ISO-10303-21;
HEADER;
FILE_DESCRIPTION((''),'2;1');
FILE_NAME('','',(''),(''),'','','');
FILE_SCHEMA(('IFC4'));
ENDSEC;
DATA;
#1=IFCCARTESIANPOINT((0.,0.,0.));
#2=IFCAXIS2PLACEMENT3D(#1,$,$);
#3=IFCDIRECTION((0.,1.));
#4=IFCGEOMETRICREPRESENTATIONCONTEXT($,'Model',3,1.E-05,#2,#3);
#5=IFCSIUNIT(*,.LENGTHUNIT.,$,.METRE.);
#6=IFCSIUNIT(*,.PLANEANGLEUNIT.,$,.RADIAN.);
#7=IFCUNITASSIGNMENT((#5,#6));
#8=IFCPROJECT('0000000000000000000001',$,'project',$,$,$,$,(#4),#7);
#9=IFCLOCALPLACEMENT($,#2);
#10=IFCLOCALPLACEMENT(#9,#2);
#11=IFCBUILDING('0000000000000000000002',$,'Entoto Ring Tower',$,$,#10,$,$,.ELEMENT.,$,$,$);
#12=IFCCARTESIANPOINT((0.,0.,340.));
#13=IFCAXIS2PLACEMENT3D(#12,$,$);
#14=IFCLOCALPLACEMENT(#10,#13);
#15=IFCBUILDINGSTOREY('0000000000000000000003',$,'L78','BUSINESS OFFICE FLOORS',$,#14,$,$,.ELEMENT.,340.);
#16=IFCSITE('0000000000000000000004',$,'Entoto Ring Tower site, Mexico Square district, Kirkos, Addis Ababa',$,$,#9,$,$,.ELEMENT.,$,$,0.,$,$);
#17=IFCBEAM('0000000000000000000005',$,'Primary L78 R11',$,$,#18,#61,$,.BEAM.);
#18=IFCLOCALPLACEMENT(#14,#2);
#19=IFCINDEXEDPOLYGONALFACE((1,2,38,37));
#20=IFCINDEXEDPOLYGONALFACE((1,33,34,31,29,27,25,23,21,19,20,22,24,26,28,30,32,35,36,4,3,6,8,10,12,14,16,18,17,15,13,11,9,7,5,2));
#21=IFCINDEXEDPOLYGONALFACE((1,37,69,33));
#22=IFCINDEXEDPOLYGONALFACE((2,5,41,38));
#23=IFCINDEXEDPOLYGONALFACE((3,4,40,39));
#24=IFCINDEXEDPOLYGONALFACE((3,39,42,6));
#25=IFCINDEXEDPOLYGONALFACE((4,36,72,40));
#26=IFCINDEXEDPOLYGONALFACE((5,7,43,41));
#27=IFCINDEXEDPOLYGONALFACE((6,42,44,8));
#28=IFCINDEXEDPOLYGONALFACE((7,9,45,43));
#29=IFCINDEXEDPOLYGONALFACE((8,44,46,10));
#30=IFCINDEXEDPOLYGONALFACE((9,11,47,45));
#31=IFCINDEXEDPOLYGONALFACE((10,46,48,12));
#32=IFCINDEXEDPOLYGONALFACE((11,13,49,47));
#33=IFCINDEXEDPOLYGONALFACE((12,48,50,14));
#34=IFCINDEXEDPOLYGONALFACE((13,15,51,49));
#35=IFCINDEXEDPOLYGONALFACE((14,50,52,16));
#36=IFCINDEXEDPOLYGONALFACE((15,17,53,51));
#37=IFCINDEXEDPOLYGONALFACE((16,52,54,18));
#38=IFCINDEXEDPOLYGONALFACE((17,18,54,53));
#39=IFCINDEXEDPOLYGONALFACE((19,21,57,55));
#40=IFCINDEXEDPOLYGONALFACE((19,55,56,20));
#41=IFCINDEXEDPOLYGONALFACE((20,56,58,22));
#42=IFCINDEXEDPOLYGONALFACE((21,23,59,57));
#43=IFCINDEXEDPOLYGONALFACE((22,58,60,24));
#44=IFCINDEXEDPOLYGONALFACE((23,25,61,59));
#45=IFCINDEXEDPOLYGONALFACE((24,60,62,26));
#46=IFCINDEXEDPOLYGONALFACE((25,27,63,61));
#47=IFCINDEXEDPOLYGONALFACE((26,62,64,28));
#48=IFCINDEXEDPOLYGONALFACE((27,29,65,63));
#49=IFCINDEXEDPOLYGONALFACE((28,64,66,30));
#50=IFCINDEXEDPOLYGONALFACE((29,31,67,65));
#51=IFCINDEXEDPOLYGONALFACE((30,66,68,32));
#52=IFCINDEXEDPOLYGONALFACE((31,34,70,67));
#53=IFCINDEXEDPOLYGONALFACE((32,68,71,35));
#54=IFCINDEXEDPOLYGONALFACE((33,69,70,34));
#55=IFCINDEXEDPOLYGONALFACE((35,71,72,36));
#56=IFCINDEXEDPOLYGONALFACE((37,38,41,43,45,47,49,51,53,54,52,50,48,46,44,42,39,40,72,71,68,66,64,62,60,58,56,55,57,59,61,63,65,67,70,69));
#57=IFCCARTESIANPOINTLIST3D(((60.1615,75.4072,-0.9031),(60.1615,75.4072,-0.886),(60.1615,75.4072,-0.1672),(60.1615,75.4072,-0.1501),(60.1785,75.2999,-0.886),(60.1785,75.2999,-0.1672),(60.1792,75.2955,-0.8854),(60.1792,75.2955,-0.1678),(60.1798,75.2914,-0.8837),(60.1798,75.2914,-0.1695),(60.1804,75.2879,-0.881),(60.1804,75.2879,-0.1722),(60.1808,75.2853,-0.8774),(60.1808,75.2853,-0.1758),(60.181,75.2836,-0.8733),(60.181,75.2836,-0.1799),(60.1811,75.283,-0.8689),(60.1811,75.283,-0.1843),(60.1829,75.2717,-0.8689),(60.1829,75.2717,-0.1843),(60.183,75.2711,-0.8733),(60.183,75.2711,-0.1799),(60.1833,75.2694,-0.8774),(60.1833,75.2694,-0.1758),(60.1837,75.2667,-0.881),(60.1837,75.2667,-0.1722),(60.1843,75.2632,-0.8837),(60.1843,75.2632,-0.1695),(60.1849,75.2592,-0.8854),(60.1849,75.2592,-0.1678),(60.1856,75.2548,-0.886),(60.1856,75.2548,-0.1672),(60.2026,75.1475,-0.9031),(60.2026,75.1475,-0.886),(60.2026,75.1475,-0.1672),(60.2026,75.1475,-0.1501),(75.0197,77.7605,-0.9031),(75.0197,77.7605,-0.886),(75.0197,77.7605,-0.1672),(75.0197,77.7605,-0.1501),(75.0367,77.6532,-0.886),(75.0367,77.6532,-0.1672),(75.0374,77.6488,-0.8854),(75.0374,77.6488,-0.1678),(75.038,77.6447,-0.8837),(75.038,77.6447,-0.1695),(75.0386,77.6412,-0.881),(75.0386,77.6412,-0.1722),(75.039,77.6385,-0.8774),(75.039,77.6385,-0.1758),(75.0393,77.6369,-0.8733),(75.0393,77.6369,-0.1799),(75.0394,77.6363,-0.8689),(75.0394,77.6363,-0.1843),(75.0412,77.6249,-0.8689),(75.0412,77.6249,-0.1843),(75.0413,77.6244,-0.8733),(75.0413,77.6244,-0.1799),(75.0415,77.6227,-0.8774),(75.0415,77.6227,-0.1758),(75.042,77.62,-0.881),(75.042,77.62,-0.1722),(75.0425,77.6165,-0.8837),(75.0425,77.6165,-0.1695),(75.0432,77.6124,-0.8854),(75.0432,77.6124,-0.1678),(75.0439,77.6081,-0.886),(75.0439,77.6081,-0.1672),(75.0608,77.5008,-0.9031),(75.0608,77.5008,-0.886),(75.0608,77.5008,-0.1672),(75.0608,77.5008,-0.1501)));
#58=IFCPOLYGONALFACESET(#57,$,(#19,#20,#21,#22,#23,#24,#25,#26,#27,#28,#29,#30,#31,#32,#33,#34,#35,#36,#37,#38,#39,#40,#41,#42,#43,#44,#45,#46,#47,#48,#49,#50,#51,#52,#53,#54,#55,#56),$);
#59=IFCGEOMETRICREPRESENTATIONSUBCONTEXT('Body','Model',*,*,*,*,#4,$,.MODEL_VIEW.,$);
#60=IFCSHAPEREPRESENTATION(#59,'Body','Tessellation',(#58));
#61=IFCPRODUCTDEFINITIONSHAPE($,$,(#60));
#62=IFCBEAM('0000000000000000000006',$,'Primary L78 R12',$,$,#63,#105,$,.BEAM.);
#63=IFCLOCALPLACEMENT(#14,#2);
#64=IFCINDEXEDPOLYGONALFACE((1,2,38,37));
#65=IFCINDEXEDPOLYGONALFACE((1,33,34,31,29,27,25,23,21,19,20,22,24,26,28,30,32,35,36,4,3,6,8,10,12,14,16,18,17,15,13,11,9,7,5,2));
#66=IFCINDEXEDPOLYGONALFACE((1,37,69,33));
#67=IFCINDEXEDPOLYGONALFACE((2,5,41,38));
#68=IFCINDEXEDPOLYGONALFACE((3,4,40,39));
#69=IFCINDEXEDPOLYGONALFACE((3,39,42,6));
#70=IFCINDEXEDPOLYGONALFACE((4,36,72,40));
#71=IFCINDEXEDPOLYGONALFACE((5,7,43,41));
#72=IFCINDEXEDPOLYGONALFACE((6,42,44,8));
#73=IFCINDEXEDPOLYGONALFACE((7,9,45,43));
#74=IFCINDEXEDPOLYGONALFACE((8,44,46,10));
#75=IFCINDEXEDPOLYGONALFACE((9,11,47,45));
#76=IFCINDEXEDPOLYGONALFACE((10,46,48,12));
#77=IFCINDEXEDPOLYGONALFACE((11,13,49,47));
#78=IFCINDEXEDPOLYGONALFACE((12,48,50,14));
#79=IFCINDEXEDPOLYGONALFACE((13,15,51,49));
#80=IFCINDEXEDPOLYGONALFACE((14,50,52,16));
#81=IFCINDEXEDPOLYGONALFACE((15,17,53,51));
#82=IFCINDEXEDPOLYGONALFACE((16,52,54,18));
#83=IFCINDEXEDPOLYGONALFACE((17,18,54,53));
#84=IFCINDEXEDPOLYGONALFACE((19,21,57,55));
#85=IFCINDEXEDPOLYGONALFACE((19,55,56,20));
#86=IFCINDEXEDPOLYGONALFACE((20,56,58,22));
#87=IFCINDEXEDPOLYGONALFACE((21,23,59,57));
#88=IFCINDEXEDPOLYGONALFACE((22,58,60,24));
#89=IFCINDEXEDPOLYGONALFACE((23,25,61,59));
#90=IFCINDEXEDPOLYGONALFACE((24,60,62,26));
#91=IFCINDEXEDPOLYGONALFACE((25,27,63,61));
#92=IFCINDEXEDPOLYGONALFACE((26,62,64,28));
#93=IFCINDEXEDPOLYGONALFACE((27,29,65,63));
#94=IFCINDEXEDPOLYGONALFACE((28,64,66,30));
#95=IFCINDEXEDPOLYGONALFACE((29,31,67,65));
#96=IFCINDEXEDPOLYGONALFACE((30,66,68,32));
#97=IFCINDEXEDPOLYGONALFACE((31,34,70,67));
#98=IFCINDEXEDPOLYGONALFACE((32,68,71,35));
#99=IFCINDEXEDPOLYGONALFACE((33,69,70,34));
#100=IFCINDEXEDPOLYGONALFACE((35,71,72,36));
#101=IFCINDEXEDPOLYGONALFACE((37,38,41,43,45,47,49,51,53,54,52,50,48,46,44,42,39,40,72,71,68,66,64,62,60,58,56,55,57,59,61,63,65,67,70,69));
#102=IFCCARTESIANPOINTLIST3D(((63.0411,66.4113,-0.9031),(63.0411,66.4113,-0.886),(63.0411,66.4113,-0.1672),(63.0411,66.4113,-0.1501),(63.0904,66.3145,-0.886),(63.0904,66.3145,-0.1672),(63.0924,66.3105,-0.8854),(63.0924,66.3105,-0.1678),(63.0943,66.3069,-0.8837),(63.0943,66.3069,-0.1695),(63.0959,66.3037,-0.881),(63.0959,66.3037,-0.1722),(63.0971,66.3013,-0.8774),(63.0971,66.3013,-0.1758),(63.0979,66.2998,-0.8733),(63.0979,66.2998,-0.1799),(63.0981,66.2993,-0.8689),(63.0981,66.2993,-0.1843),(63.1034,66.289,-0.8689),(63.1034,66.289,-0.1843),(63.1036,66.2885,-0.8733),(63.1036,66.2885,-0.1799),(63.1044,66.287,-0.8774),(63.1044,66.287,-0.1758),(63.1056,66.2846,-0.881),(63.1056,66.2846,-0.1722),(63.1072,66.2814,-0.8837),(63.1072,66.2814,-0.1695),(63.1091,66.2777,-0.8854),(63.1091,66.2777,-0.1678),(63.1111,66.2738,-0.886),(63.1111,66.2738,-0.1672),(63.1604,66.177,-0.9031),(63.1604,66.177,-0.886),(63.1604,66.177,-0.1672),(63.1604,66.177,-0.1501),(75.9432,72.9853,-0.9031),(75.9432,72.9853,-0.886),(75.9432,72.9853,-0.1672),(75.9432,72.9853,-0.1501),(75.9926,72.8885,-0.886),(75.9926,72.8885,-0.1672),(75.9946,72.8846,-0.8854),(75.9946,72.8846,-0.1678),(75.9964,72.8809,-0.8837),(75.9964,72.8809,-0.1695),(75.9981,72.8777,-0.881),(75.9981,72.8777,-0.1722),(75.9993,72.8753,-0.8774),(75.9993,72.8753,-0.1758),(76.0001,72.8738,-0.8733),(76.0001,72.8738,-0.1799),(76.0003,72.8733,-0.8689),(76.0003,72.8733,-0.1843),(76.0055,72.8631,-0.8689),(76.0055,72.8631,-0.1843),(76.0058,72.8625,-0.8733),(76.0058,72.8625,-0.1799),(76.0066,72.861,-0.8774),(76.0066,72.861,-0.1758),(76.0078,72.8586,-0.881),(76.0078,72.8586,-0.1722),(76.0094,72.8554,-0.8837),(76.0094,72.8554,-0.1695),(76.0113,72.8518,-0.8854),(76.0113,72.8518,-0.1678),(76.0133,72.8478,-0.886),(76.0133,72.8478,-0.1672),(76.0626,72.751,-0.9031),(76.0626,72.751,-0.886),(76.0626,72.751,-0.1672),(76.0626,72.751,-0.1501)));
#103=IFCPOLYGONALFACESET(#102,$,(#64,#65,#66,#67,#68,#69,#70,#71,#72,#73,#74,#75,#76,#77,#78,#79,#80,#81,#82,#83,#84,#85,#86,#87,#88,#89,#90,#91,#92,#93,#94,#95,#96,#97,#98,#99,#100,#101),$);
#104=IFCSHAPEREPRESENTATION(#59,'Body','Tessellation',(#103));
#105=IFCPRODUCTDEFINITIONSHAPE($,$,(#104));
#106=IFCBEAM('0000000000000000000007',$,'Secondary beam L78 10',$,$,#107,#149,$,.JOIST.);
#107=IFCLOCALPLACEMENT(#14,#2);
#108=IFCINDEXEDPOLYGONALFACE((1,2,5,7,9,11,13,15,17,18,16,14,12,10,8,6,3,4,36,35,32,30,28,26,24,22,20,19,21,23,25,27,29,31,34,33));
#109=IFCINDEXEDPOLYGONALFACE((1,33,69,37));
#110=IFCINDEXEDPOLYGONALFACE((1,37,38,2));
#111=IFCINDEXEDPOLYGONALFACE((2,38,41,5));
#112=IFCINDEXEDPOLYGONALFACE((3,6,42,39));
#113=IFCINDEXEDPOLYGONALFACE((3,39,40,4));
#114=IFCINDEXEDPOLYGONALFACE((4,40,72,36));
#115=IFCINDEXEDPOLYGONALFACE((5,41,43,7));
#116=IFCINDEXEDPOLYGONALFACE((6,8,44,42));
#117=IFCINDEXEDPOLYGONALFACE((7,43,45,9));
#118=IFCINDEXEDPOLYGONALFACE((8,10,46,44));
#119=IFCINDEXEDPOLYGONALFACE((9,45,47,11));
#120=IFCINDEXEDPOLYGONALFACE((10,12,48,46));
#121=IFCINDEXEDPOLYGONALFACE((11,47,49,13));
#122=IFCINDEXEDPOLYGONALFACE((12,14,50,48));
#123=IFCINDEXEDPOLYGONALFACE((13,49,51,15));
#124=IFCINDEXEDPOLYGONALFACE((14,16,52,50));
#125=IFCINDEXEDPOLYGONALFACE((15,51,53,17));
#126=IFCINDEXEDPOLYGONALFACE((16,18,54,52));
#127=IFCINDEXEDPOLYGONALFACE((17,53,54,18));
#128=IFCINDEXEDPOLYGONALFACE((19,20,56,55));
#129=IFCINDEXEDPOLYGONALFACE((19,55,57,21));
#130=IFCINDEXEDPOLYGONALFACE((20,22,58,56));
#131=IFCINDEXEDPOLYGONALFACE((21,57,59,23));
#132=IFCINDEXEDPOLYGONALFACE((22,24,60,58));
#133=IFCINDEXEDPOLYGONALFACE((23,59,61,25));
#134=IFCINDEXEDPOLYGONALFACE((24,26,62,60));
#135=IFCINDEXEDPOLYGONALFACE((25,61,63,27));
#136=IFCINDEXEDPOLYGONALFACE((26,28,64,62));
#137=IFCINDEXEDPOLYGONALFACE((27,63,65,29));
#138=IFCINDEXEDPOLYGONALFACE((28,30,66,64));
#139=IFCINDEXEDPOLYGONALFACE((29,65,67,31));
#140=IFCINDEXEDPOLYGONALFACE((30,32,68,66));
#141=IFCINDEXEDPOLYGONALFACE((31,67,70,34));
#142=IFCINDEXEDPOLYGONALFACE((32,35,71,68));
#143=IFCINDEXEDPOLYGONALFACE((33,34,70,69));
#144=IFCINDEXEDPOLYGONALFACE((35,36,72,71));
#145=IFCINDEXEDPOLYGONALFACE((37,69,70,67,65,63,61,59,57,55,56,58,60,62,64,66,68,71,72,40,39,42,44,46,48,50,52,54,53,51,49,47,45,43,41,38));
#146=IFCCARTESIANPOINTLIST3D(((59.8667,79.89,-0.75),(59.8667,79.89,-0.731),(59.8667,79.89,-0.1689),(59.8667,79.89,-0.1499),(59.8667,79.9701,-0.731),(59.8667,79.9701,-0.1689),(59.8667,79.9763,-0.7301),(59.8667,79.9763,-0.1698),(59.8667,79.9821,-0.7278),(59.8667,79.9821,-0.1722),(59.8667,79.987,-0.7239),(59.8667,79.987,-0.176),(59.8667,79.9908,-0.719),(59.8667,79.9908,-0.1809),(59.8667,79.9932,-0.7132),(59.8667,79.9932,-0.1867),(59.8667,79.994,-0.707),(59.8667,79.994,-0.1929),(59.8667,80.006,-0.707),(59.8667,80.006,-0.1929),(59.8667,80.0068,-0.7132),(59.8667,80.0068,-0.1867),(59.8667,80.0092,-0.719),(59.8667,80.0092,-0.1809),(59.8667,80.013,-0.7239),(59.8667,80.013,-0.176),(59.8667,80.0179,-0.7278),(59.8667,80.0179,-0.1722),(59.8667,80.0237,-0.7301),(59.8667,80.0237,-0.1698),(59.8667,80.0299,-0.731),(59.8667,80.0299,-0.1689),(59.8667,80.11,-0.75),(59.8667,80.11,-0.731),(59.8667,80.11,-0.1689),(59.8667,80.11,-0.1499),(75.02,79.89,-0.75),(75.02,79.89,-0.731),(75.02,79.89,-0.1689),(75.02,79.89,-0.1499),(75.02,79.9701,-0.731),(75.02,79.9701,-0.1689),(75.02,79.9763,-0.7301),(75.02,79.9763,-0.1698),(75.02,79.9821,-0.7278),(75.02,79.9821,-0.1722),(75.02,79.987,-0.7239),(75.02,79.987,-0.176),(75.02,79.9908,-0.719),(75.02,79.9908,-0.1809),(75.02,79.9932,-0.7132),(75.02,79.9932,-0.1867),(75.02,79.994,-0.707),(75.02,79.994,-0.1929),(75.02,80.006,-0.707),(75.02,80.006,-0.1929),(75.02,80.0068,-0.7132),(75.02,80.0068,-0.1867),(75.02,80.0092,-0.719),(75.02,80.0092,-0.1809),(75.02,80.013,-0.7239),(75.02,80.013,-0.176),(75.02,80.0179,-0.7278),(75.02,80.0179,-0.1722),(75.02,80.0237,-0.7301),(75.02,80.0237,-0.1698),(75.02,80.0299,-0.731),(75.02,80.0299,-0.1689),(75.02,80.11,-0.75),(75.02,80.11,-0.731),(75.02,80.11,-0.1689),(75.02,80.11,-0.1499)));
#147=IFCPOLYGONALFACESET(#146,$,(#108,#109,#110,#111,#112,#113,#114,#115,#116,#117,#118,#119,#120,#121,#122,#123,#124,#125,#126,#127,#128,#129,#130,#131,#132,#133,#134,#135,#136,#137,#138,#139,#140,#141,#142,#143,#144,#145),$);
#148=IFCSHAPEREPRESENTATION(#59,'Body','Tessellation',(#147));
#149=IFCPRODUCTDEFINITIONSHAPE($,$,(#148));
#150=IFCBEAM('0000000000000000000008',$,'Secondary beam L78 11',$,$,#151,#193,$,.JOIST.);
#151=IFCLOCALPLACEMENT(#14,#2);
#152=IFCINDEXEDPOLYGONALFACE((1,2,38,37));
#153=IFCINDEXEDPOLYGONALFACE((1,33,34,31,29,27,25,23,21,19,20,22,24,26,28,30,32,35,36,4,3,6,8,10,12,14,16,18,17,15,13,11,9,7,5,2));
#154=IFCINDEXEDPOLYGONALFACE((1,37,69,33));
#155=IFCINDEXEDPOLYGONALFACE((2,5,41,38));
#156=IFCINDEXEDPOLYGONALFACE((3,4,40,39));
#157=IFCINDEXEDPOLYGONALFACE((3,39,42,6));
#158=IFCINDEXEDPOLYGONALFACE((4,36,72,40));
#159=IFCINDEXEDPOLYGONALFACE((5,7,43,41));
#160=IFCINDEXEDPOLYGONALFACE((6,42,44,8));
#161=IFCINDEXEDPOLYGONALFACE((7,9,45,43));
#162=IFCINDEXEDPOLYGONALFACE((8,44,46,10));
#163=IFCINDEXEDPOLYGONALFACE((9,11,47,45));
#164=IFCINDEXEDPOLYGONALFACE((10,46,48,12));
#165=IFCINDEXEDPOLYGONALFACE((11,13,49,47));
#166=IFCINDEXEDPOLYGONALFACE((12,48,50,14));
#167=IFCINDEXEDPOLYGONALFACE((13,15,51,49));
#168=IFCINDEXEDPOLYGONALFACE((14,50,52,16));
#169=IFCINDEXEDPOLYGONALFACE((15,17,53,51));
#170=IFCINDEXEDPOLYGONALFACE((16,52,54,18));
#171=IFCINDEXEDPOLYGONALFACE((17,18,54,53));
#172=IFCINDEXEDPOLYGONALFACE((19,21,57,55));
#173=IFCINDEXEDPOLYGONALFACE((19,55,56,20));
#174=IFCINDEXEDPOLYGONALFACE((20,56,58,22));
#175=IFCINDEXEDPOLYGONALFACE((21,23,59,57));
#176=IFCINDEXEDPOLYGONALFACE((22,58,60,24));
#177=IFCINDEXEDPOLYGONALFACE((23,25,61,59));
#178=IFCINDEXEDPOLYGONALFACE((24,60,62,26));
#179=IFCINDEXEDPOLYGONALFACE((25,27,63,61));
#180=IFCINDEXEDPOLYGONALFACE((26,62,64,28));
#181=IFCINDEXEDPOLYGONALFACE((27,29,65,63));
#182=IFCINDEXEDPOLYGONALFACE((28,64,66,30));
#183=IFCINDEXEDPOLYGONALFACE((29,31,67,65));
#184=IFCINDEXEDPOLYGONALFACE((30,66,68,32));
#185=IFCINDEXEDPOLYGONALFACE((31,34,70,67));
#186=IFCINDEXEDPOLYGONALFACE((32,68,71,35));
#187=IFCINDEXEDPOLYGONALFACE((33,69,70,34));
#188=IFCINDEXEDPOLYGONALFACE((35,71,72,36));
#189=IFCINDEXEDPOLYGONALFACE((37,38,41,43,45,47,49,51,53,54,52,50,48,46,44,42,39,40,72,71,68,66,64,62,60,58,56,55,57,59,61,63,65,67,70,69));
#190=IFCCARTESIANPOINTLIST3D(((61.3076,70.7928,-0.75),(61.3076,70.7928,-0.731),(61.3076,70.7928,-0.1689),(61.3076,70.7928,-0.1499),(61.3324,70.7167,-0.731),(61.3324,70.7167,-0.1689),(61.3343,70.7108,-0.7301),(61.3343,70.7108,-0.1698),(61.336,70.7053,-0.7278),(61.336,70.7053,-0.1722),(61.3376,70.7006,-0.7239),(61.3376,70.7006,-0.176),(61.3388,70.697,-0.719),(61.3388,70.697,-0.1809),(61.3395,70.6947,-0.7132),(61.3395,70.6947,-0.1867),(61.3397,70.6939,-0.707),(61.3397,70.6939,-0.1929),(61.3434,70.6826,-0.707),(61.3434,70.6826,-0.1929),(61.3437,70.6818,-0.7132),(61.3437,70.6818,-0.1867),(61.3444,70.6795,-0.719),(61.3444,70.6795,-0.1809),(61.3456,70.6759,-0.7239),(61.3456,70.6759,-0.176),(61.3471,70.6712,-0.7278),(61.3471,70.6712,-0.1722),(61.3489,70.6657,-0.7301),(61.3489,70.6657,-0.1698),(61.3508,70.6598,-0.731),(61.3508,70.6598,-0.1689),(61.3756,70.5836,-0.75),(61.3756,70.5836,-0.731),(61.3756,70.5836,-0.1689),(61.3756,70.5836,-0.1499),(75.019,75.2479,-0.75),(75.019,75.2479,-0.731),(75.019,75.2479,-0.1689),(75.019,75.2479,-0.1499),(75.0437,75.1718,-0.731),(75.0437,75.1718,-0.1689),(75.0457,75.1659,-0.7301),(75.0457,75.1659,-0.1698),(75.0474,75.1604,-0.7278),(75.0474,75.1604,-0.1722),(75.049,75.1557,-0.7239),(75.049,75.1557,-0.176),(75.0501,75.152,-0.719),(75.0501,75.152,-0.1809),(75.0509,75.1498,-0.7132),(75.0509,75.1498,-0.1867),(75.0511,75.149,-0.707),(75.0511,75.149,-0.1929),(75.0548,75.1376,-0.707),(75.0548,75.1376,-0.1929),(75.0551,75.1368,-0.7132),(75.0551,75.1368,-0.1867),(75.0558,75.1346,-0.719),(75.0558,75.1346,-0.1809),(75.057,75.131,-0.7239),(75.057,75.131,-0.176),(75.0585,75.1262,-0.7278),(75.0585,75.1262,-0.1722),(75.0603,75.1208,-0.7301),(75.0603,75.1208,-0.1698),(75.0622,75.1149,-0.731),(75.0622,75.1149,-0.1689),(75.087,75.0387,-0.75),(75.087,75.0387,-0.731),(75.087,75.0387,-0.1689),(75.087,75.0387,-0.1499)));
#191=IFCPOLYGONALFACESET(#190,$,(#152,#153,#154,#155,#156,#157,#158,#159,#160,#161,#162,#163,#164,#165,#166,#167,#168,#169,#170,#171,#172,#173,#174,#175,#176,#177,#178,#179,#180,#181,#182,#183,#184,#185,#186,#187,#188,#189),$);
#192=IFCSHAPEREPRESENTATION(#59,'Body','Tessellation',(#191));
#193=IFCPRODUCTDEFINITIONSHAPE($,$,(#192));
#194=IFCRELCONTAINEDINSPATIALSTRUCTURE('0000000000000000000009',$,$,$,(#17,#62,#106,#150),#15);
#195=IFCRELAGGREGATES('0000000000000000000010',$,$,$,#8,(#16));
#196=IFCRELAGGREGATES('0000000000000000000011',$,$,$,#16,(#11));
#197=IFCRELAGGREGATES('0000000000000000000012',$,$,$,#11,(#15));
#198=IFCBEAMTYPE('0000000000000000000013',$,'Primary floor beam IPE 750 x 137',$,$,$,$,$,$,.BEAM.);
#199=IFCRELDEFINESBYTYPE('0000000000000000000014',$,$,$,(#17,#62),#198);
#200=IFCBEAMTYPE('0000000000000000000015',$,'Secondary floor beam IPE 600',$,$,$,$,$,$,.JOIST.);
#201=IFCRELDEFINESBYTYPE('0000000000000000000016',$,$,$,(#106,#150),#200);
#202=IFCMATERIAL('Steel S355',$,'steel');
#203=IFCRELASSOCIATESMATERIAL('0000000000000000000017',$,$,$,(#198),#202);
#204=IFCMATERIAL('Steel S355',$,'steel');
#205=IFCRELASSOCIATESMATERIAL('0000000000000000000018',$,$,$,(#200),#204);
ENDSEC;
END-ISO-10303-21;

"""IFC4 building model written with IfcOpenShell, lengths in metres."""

from ifc_helpers import new_model, si_unit, direction, frame, origin, origin_2d, place, context, subcontext, project, spatial, i_section, extrude, material, material_profile, profile_set, type_object, element, save


model = new_model("IFC4")

# Units and contexts
model_context = context("Model", 3, precision=1e-05, world=origin(), true_north=direction((0.0, 1.0)))
body_context = subcontext(model_context, "Body", "Model", "MODEL_VIEW")
ifc_project = project(units=[si_unit("LENGTHUNIT", "METRE"), si_unit("PLANEANGLEUNIT", "RADIAN")], contexts=[model_context])

# Site, building, storey
site_placement = place(None, origin())
site = spatial("IfcSite", under=ifc_project, at=site_placement, Name="Entoto Ring Tower site, Mexico Square district, Kirkos, Addis Ababa", CompositionType="ELEMENT", RefElevation=0.0)
building_placement = place(site_placement, origin())
building = spatial("IfcBuilding", under=site, at=building_placement, Name="Entoto Ring Tower", CompositionType="ELEMENT")
storey_placement = place(building_placement, frame((0.0, 0.0, 340.0)))
storey = spatial("IfcBuildingStorey", under=building, at=storey_placement, Name="L78", Description="BUSINESS OFFICE FLOORS", CompositionType="ELEMENT", Elevation=340.0)

# Beams
ifc_material_1 = material(Name="Steel S355", Category="steel")
ifc_material_profile_1 = material_profile(ifc_material_1, i_section(OverallWidth=0.2629, OverallDepth=0.7529, WebThickness=0.0115, FlangeThickness=0.0171, FilletRadius=0.0171, at=origin_2d()), Name="IPE 750 x 137")
ifc_profile_set_1 = profile_set([ifc_material_profile_1], Name="Steel S355")
beam_type_1 = type_object("IfcBeamType", Name="Primary floor beam IPE 750 x 137", PredefinedType="BEAM", material=ifc_profile_set_1)
for number, where, z_axis, x_axis, name in (
    (1, (75.0403, 77.6306, -0.5266), (-0.987689, -0.156433, 0.0), (0.156433, -0.987689, 0.0), "Primary L78 R11"),
):
    element("IfcBeam", number, at=place(storey_placement, frame(where, z_axis=z_axis, x_axis=x_axis)), inside=storey, type_object=beam_type_1, Name=name, PredefinedType="BEAM", context=body_context, shape_type="SweptSolid", body=[
        extrude(i_section(OverallWidth=0.2629, OverallDepth=0.7529, WebThickness=0.0115, FlangeThickness=0.0171, FilletRadius=0.0171, at=origin_2d()), origin(), (0.0, 0.0, 1.0), 15.0435),
    ])
beam_1_placement = place(storey_placement, frame((76.0029, 72.8682, -0.5266), z_axis=(-0.891006, -0.453992, 0.0), x_axis=(0.453992, -0.891006, 0.0)))
element("IfcBeam", 2, at=beam_1_placement, inside=storey, type_object=beam_type_1, Name="Primary L78 R12", PredefinedType="BEAM", context=body_context, shape_type="SweptSolid", body=[
    extrude(i_section(OverallWidth=0.2629, OverallDepth=0.7529, WebThickness=0.0115, FlangeThickness=0.0171, FilletRadius=0.0171, at=origin_2d()), origin(), (0.0, 0.0, 1.0), 14.4805),
])
ifc_material_2 = material(Name="Steel S355", Category="steel")
ifc_material_profile_2 = material_profile(ifc_material_2, i_section(OverallWidth=0.22, OverallDepth=0.6001, WebThickness=0.012, FlangeThickness=0.019, FilletRadius=0.0239, at=origin_2d()), Name="IPE 600")
ifc_profile_set_2 = profile_set([ifc_material_profile_2], Name="Steel S355")
beam_type_2 = type_object("IfcBeamType", Name="Secondary floor beam IPE 600", PredefinedType="JOIST", material=ifc_profile_set_2)
beam_2_placement = place(storey_placement, frame((75.02, 80.0, -0.45), z_axis=(-1.0, 0.0, 0.0), x_axis=(0.0, -1.0, 0.0)))
element("IfcBeam", 3, at=beam_2_placement, inside=storey, type_object=beam_type_2, Name="Secondary beam L78 10", PredefinedType="JOIST", context=body_context, shape_type="SweptSolid", body=[
    extrude(i_section(OverallWidth=0.22, OverallDepth=0.6001, WebThickness=0.012, FlangeThickness=0.019, FilletRadius=0.0239, at=origin_2d()), origin(), (0.0, 0.0, 1.0), 15.1533),
])
beam_3_placement = place(storey_placement, frame((75.053, 75.1433, -0.45), z_axis=(-0.951057, -0.309015, 0.0), x_axis=(0.309015, -0.951057, 0.0)))
element("IfcBeam", 4, at=beam_3_placement, inside=storey, type_object=beam_type_2, Name="Secondary beam L78 11", PredefinedType="JOIST", context=body_context, shape_type="SweptSolid", body=[
    extrude(i_section(OverallWidth=0.22, OverallDepth=0.6001, WebThickness=0.012, FlangeThickness=0.019, FilletRadius=0.0239, at=origin_2d()), origin(), (0.0, 0.0, 1.0), 14.417),
])

save(model, "model.ifc")
